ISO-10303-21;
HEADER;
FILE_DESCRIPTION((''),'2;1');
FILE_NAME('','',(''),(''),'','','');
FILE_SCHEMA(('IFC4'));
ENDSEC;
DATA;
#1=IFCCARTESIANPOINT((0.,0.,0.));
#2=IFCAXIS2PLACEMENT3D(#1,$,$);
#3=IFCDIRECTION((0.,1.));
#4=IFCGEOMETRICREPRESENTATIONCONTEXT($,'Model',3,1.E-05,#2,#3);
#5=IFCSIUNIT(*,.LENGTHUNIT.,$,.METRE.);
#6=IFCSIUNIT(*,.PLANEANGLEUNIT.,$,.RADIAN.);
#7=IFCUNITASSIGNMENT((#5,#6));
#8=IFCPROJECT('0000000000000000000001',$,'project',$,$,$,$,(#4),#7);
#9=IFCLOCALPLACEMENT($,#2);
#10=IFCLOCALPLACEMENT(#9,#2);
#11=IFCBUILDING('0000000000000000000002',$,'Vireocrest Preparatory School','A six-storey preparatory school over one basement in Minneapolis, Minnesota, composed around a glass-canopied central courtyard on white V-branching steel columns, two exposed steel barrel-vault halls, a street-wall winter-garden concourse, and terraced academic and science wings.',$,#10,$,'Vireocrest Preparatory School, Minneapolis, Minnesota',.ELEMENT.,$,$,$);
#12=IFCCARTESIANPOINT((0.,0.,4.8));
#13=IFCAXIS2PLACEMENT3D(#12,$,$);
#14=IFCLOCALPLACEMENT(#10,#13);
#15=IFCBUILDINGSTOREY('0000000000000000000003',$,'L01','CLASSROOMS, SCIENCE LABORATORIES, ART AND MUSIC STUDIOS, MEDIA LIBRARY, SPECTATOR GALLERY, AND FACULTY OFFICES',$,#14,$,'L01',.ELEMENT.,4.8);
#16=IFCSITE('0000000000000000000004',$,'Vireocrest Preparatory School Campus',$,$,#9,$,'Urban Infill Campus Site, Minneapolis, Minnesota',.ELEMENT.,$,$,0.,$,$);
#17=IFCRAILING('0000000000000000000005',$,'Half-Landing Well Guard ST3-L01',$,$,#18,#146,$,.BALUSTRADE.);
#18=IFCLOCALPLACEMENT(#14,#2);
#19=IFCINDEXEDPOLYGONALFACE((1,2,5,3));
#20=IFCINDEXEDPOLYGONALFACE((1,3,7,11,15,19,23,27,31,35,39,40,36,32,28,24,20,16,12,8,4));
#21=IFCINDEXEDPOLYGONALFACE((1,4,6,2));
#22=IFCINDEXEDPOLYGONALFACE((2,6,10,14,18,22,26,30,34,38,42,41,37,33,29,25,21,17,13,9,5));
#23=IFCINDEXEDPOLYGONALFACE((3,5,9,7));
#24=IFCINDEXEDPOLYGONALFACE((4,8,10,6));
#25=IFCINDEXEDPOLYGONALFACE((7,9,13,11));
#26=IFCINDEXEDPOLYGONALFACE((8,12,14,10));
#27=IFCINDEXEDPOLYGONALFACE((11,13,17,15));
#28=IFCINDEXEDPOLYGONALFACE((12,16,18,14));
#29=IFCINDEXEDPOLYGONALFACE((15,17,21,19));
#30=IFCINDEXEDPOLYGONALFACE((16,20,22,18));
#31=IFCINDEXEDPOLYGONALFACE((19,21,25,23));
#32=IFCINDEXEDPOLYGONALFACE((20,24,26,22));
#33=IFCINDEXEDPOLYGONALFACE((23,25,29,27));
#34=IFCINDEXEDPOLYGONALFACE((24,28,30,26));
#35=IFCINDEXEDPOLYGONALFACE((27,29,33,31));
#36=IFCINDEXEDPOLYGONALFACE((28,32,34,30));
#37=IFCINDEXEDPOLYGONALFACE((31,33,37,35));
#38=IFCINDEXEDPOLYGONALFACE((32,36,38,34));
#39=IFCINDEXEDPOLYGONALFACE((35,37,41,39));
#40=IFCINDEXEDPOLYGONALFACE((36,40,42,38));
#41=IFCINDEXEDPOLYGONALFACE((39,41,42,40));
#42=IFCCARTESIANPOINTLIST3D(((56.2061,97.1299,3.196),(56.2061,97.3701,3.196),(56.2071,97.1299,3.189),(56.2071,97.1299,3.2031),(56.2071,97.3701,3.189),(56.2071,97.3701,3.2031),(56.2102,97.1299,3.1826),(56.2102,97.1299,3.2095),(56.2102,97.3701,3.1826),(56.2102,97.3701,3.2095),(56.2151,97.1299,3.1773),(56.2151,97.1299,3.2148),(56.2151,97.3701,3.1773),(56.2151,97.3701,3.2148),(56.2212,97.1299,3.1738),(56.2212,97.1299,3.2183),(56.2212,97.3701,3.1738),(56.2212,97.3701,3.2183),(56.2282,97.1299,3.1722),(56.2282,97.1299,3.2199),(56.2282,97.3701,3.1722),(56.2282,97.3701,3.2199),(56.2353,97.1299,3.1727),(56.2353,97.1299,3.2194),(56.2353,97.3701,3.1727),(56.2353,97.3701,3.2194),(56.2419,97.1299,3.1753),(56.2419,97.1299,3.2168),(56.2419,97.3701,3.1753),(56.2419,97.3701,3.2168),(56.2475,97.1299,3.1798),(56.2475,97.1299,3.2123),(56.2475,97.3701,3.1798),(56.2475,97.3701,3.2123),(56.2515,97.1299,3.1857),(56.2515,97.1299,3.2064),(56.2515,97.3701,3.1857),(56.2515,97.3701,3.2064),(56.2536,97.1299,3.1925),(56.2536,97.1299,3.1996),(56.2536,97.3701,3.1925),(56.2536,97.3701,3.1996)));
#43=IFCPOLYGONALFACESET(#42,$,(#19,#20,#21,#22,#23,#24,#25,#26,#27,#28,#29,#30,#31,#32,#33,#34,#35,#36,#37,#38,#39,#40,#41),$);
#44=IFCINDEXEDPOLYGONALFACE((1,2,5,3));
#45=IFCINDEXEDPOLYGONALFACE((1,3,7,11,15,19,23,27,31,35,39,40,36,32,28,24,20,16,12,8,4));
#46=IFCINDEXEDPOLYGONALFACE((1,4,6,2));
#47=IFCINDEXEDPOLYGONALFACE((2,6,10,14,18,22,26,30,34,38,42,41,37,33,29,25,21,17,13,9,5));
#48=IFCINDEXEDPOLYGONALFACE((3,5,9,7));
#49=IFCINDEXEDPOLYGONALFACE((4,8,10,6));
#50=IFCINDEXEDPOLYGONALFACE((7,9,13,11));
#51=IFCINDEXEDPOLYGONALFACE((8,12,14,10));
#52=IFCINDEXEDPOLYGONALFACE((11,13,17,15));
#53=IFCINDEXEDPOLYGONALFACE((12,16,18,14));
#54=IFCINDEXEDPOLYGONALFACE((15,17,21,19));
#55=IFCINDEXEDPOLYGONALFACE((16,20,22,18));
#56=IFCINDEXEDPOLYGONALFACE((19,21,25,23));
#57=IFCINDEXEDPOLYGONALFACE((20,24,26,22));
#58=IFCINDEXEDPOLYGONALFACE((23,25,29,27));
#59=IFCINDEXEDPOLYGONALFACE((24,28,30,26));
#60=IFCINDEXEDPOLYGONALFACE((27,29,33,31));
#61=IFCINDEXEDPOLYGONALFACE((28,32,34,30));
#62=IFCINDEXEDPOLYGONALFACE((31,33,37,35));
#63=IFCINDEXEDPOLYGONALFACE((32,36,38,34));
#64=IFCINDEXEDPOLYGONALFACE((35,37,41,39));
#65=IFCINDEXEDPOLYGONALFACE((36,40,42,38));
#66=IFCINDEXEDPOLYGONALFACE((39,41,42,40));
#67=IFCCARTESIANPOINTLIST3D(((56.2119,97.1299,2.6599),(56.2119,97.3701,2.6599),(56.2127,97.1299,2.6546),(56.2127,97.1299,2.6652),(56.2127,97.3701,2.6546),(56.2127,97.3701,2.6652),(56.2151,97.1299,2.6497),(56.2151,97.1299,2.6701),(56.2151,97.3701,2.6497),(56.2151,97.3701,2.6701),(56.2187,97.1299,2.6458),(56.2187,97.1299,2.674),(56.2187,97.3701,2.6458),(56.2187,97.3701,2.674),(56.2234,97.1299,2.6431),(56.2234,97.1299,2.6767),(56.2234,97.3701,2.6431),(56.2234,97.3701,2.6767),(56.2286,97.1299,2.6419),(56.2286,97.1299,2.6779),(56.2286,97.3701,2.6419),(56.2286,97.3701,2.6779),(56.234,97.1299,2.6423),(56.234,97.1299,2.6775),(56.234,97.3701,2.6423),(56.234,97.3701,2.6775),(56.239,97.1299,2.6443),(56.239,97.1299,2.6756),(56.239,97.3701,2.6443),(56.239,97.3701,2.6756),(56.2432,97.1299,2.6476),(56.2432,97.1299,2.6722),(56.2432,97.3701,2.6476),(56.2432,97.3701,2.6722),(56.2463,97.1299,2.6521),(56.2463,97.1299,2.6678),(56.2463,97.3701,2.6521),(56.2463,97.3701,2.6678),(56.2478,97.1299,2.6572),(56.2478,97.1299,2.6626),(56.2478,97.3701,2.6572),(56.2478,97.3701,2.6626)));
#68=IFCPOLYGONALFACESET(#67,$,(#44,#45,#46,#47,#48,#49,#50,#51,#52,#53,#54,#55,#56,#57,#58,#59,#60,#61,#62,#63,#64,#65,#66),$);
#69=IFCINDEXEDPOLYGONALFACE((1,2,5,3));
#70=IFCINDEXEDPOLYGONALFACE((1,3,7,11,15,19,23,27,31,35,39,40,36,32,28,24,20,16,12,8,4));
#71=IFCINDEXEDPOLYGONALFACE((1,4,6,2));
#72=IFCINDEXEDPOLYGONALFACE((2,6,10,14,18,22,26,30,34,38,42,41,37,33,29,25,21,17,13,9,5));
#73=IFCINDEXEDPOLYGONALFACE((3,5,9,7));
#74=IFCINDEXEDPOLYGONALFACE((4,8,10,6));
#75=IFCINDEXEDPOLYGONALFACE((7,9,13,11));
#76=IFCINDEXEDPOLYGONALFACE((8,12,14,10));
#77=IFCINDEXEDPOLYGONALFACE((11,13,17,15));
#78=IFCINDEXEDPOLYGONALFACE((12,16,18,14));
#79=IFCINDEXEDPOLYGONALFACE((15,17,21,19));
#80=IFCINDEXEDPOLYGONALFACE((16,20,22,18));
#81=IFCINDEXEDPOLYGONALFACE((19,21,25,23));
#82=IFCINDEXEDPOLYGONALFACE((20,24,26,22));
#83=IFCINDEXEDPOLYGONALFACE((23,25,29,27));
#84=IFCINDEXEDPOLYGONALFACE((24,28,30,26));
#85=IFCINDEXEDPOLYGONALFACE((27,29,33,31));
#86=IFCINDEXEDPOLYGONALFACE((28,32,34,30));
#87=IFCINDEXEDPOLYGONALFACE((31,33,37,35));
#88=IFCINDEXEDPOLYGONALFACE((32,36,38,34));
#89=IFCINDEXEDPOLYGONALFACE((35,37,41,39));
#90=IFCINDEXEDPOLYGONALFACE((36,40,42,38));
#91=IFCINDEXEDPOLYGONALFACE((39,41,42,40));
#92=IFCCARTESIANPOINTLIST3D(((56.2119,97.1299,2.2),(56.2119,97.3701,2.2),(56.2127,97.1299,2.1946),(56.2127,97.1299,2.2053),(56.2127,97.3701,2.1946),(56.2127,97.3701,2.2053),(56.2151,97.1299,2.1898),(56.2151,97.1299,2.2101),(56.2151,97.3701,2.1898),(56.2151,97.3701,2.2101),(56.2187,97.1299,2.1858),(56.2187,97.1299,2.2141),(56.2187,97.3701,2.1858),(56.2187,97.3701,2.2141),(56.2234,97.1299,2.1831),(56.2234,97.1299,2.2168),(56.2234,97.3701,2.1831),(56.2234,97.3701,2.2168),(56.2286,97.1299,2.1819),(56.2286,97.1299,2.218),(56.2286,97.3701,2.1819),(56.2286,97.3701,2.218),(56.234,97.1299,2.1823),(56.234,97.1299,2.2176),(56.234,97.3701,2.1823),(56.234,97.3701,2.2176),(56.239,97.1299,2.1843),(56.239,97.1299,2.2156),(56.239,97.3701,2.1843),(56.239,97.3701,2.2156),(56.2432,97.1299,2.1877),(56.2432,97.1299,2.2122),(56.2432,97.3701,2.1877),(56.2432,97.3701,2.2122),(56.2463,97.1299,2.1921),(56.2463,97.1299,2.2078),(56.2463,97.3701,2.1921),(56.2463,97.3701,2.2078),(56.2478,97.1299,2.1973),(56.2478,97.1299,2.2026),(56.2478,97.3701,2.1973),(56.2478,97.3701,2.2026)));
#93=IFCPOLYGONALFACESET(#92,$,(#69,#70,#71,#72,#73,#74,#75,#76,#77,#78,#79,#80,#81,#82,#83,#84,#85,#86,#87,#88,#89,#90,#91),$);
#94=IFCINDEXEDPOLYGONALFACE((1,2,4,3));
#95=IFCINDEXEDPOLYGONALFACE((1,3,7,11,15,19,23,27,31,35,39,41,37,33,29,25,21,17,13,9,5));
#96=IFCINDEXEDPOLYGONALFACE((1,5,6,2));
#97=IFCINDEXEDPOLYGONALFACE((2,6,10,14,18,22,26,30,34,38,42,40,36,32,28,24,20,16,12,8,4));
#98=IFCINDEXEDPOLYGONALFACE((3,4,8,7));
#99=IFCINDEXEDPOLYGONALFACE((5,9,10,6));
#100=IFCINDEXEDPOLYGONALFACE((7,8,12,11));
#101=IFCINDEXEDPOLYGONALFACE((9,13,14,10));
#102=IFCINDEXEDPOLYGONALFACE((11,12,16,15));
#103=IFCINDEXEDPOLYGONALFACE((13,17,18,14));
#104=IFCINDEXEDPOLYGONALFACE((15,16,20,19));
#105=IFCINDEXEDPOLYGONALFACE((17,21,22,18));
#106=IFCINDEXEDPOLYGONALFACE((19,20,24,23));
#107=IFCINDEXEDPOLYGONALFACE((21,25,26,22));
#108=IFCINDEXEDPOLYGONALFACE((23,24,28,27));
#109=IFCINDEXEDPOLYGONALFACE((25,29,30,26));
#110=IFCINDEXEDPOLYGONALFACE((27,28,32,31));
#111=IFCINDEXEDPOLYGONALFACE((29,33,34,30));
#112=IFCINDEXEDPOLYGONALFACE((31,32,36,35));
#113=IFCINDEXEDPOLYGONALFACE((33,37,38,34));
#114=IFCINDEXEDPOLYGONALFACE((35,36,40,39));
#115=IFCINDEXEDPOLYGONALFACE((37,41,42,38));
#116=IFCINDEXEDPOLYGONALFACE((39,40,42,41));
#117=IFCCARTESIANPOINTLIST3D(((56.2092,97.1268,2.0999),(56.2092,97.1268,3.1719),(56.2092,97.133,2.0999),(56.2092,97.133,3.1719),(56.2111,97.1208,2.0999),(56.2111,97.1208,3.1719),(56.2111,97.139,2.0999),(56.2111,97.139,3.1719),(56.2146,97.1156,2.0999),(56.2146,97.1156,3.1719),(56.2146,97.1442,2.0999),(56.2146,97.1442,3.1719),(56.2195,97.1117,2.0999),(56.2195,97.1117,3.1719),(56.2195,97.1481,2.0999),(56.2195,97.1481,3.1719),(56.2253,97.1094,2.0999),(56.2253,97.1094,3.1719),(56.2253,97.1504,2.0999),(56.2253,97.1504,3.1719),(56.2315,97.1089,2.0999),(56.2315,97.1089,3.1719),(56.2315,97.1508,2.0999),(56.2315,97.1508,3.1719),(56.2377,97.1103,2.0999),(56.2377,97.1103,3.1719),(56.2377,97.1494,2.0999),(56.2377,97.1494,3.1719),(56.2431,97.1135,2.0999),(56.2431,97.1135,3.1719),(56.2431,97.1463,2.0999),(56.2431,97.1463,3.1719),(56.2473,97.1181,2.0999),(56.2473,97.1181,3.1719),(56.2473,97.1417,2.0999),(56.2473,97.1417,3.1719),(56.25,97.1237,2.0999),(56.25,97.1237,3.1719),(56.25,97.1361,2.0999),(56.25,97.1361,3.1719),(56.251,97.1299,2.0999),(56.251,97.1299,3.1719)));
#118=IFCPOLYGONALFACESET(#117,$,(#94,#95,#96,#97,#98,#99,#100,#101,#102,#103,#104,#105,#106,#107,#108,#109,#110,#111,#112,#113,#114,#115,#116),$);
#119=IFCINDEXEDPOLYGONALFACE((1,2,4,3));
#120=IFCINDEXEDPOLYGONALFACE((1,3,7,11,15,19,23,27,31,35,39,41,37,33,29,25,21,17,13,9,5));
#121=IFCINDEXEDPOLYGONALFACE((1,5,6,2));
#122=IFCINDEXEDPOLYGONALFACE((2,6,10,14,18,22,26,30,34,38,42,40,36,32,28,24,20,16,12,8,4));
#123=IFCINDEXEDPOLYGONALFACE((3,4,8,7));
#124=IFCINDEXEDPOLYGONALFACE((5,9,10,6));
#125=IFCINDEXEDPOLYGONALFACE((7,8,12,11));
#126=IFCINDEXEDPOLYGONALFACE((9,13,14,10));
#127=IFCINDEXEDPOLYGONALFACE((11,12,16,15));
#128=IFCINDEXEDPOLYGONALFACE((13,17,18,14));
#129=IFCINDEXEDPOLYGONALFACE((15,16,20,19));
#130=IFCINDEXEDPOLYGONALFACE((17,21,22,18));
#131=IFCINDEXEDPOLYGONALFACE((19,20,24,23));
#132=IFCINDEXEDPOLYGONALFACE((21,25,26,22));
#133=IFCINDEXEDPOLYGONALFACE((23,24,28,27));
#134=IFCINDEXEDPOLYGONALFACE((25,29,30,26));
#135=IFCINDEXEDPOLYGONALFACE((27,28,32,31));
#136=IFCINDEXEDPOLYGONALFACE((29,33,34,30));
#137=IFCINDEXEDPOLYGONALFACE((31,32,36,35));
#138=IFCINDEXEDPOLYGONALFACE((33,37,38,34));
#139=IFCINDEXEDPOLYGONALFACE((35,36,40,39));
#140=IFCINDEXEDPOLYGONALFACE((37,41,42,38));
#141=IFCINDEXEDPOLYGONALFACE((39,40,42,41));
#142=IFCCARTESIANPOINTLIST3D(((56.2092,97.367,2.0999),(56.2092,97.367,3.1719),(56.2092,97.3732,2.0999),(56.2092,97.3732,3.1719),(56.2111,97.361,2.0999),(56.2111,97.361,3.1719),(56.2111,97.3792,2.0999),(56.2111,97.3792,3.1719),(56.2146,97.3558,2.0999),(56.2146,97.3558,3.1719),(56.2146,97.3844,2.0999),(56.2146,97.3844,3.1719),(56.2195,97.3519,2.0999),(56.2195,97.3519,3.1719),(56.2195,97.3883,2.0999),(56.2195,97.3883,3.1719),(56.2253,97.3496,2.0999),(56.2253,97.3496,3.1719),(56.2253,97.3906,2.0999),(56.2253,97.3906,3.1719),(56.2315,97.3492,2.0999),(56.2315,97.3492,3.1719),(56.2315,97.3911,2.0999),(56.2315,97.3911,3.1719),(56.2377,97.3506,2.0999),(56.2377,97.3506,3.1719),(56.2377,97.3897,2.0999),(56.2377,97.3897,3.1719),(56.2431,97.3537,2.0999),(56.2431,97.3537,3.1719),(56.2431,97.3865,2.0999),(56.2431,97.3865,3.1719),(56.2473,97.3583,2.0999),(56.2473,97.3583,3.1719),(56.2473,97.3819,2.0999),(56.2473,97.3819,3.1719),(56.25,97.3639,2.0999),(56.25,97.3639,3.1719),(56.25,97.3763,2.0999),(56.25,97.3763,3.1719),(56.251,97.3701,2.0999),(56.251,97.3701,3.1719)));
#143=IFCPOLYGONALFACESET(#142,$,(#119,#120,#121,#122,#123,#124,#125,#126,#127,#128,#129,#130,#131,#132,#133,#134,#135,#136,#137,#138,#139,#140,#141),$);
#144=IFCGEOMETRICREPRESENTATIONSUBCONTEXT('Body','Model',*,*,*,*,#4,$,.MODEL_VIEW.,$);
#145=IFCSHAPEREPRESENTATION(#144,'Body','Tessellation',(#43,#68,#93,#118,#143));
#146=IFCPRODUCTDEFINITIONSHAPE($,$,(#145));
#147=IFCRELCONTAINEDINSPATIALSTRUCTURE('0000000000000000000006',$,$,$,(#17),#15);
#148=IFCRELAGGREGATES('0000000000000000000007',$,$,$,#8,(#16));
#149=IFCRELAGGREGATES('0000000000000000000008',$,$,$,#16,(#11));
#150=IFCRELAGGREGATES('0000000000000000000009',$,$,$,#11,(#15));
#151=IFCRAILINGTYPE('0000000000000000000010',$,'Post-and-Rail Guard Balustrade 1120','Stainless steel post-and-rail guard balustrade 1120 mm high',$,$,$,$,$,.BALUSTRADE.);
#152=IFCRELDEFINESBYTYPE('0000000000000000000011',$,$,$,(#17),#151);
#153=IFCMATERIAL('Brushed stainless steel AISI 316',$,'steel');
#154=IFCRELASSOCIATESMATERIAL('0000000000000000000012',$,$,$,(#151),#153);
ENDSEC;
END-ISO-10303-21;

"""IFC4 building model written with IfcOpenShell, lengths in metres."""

from ifc_helpers import new_model, si_unit, direction, frame, origin, origin_2d, place, context, subcontext, project, spatial, circle, extrude, material, type_object, element, save


model = new_model("IFC4")

# Units and contexts
model_context = context("Model", 3, precision=1e-05, world=origin(), true_north=direction((0.0, 1.0)))
body_context = subcontext(model_context, "Body", "Model", "MODEL_VIEW")
ifc_project = project(units=[si_unit("LENGTHUNIT", "METRE"), si_unit("PLANEANGLEUNIT", "RADIAN")], contexts=[model_context])

# Site, building, storey
site_placement = place(None, origin())
site = spatial("IfcSite", under=ifc_project, at=site_placement, Name="Vireocrest Preparatory School Campus", LongName="Urban Infill Campus Site, Minneapolis, Minnesota", CompositionType="ELEMENT", RefElevation=0.0)
building_placement = place(site_placement, origin())
building = spatial("IfcBuilding", under=site, at=building_placement, Name="Vireocrest Preparatory School", Description="A six-storey preparatory school over one basement in Minneapolis, Minnesota, composed around a glass-canopied central courtyard on white V-branching steel columns, two exposed steel barrel-vault halls, a street-wall winter-garden concourse, and terraced academic and science wings.", LongName="Vireocrest Preparatory School, Minneapolis, Minnesota", CompositionType="ELEMENT")
storey_placement = place(building_placement, frame((0.0, 0.0, 4.8)))
storey = spatial("IfcBuildingStorey", under=building, at=storey_placement, Name="L01", Description="CLASSROOMS, SCIENCE LABORATORIES, ART AND MUSIC STUDIOS, MEDIA LIBRARY, SPECTATOR GALLERY, AND FACULTY OFFICES", LongName="L01", CompositionType="ELEMENT", Elevation=4.8)

# Railing
ifc_material_1 = material(Name="Brushed stainless steel AISI 316", Category="steel")
railing_type_1 = type_object("IfcRailingType", Name="Post-and-Rail Guard Balustrade 1120", Description="Stainless steel post-and-rail guard balustrade 1120 mm high", PredefinedType="BALUSTRADE", material=ifc_material_1)
railing_1_placement = place(storey_placement, frame((56.23, 97.1299, 2.0999)))
element("IfcRailing", 1, at=railing_1_placement, inside=storey, type_object=railing_type_1, Name="Half-Landing Well Guard ST3-L01", PredefinedType="BALUSTRADE", context=body_context, shape_type="SweptSolid", body=[
    extrude(circle(Radius=0.0239, at=origin_2d()), frame((0.0, 0.0, 1.0962), z_axis=(0.0, 1.0, 0.0), x_axis=(-1.0, 0.0, 0.0)), (0.0, 0.0, 1.0), 0.2402),
    extrude(circle(Radius=0.0181, at=origin_2d()), frame((0.0, 0.0, 0.5601), z_axis=(0.0, 1.0, 0.0), x_axis=(-1.0, 0.0, 0.0)), (0.0, 0.0, 1.0), 0.2402),
    extrude(circle(Radius=0.0181, at=origin_2d()), frame((0.0, 0.0, 0.1001), z_axis=(0.0, 1.0, 0.0), x_axis=(-1.0, 0.0, 0.0)), (0.0, 0.0, 1.0), 0.2402),
    extrude(circle(Radius=0.021, at=origin_2d()), origin(), (0.0, 0.0, 1.0), 1.072),
    extrude(circle(Radius=0.021, at=origin_2d()), frame((0.0, 0.2402, 0.0)), (0.0, 0.0, 1.0), 1.072),
])

save(model, "model.ifc")
